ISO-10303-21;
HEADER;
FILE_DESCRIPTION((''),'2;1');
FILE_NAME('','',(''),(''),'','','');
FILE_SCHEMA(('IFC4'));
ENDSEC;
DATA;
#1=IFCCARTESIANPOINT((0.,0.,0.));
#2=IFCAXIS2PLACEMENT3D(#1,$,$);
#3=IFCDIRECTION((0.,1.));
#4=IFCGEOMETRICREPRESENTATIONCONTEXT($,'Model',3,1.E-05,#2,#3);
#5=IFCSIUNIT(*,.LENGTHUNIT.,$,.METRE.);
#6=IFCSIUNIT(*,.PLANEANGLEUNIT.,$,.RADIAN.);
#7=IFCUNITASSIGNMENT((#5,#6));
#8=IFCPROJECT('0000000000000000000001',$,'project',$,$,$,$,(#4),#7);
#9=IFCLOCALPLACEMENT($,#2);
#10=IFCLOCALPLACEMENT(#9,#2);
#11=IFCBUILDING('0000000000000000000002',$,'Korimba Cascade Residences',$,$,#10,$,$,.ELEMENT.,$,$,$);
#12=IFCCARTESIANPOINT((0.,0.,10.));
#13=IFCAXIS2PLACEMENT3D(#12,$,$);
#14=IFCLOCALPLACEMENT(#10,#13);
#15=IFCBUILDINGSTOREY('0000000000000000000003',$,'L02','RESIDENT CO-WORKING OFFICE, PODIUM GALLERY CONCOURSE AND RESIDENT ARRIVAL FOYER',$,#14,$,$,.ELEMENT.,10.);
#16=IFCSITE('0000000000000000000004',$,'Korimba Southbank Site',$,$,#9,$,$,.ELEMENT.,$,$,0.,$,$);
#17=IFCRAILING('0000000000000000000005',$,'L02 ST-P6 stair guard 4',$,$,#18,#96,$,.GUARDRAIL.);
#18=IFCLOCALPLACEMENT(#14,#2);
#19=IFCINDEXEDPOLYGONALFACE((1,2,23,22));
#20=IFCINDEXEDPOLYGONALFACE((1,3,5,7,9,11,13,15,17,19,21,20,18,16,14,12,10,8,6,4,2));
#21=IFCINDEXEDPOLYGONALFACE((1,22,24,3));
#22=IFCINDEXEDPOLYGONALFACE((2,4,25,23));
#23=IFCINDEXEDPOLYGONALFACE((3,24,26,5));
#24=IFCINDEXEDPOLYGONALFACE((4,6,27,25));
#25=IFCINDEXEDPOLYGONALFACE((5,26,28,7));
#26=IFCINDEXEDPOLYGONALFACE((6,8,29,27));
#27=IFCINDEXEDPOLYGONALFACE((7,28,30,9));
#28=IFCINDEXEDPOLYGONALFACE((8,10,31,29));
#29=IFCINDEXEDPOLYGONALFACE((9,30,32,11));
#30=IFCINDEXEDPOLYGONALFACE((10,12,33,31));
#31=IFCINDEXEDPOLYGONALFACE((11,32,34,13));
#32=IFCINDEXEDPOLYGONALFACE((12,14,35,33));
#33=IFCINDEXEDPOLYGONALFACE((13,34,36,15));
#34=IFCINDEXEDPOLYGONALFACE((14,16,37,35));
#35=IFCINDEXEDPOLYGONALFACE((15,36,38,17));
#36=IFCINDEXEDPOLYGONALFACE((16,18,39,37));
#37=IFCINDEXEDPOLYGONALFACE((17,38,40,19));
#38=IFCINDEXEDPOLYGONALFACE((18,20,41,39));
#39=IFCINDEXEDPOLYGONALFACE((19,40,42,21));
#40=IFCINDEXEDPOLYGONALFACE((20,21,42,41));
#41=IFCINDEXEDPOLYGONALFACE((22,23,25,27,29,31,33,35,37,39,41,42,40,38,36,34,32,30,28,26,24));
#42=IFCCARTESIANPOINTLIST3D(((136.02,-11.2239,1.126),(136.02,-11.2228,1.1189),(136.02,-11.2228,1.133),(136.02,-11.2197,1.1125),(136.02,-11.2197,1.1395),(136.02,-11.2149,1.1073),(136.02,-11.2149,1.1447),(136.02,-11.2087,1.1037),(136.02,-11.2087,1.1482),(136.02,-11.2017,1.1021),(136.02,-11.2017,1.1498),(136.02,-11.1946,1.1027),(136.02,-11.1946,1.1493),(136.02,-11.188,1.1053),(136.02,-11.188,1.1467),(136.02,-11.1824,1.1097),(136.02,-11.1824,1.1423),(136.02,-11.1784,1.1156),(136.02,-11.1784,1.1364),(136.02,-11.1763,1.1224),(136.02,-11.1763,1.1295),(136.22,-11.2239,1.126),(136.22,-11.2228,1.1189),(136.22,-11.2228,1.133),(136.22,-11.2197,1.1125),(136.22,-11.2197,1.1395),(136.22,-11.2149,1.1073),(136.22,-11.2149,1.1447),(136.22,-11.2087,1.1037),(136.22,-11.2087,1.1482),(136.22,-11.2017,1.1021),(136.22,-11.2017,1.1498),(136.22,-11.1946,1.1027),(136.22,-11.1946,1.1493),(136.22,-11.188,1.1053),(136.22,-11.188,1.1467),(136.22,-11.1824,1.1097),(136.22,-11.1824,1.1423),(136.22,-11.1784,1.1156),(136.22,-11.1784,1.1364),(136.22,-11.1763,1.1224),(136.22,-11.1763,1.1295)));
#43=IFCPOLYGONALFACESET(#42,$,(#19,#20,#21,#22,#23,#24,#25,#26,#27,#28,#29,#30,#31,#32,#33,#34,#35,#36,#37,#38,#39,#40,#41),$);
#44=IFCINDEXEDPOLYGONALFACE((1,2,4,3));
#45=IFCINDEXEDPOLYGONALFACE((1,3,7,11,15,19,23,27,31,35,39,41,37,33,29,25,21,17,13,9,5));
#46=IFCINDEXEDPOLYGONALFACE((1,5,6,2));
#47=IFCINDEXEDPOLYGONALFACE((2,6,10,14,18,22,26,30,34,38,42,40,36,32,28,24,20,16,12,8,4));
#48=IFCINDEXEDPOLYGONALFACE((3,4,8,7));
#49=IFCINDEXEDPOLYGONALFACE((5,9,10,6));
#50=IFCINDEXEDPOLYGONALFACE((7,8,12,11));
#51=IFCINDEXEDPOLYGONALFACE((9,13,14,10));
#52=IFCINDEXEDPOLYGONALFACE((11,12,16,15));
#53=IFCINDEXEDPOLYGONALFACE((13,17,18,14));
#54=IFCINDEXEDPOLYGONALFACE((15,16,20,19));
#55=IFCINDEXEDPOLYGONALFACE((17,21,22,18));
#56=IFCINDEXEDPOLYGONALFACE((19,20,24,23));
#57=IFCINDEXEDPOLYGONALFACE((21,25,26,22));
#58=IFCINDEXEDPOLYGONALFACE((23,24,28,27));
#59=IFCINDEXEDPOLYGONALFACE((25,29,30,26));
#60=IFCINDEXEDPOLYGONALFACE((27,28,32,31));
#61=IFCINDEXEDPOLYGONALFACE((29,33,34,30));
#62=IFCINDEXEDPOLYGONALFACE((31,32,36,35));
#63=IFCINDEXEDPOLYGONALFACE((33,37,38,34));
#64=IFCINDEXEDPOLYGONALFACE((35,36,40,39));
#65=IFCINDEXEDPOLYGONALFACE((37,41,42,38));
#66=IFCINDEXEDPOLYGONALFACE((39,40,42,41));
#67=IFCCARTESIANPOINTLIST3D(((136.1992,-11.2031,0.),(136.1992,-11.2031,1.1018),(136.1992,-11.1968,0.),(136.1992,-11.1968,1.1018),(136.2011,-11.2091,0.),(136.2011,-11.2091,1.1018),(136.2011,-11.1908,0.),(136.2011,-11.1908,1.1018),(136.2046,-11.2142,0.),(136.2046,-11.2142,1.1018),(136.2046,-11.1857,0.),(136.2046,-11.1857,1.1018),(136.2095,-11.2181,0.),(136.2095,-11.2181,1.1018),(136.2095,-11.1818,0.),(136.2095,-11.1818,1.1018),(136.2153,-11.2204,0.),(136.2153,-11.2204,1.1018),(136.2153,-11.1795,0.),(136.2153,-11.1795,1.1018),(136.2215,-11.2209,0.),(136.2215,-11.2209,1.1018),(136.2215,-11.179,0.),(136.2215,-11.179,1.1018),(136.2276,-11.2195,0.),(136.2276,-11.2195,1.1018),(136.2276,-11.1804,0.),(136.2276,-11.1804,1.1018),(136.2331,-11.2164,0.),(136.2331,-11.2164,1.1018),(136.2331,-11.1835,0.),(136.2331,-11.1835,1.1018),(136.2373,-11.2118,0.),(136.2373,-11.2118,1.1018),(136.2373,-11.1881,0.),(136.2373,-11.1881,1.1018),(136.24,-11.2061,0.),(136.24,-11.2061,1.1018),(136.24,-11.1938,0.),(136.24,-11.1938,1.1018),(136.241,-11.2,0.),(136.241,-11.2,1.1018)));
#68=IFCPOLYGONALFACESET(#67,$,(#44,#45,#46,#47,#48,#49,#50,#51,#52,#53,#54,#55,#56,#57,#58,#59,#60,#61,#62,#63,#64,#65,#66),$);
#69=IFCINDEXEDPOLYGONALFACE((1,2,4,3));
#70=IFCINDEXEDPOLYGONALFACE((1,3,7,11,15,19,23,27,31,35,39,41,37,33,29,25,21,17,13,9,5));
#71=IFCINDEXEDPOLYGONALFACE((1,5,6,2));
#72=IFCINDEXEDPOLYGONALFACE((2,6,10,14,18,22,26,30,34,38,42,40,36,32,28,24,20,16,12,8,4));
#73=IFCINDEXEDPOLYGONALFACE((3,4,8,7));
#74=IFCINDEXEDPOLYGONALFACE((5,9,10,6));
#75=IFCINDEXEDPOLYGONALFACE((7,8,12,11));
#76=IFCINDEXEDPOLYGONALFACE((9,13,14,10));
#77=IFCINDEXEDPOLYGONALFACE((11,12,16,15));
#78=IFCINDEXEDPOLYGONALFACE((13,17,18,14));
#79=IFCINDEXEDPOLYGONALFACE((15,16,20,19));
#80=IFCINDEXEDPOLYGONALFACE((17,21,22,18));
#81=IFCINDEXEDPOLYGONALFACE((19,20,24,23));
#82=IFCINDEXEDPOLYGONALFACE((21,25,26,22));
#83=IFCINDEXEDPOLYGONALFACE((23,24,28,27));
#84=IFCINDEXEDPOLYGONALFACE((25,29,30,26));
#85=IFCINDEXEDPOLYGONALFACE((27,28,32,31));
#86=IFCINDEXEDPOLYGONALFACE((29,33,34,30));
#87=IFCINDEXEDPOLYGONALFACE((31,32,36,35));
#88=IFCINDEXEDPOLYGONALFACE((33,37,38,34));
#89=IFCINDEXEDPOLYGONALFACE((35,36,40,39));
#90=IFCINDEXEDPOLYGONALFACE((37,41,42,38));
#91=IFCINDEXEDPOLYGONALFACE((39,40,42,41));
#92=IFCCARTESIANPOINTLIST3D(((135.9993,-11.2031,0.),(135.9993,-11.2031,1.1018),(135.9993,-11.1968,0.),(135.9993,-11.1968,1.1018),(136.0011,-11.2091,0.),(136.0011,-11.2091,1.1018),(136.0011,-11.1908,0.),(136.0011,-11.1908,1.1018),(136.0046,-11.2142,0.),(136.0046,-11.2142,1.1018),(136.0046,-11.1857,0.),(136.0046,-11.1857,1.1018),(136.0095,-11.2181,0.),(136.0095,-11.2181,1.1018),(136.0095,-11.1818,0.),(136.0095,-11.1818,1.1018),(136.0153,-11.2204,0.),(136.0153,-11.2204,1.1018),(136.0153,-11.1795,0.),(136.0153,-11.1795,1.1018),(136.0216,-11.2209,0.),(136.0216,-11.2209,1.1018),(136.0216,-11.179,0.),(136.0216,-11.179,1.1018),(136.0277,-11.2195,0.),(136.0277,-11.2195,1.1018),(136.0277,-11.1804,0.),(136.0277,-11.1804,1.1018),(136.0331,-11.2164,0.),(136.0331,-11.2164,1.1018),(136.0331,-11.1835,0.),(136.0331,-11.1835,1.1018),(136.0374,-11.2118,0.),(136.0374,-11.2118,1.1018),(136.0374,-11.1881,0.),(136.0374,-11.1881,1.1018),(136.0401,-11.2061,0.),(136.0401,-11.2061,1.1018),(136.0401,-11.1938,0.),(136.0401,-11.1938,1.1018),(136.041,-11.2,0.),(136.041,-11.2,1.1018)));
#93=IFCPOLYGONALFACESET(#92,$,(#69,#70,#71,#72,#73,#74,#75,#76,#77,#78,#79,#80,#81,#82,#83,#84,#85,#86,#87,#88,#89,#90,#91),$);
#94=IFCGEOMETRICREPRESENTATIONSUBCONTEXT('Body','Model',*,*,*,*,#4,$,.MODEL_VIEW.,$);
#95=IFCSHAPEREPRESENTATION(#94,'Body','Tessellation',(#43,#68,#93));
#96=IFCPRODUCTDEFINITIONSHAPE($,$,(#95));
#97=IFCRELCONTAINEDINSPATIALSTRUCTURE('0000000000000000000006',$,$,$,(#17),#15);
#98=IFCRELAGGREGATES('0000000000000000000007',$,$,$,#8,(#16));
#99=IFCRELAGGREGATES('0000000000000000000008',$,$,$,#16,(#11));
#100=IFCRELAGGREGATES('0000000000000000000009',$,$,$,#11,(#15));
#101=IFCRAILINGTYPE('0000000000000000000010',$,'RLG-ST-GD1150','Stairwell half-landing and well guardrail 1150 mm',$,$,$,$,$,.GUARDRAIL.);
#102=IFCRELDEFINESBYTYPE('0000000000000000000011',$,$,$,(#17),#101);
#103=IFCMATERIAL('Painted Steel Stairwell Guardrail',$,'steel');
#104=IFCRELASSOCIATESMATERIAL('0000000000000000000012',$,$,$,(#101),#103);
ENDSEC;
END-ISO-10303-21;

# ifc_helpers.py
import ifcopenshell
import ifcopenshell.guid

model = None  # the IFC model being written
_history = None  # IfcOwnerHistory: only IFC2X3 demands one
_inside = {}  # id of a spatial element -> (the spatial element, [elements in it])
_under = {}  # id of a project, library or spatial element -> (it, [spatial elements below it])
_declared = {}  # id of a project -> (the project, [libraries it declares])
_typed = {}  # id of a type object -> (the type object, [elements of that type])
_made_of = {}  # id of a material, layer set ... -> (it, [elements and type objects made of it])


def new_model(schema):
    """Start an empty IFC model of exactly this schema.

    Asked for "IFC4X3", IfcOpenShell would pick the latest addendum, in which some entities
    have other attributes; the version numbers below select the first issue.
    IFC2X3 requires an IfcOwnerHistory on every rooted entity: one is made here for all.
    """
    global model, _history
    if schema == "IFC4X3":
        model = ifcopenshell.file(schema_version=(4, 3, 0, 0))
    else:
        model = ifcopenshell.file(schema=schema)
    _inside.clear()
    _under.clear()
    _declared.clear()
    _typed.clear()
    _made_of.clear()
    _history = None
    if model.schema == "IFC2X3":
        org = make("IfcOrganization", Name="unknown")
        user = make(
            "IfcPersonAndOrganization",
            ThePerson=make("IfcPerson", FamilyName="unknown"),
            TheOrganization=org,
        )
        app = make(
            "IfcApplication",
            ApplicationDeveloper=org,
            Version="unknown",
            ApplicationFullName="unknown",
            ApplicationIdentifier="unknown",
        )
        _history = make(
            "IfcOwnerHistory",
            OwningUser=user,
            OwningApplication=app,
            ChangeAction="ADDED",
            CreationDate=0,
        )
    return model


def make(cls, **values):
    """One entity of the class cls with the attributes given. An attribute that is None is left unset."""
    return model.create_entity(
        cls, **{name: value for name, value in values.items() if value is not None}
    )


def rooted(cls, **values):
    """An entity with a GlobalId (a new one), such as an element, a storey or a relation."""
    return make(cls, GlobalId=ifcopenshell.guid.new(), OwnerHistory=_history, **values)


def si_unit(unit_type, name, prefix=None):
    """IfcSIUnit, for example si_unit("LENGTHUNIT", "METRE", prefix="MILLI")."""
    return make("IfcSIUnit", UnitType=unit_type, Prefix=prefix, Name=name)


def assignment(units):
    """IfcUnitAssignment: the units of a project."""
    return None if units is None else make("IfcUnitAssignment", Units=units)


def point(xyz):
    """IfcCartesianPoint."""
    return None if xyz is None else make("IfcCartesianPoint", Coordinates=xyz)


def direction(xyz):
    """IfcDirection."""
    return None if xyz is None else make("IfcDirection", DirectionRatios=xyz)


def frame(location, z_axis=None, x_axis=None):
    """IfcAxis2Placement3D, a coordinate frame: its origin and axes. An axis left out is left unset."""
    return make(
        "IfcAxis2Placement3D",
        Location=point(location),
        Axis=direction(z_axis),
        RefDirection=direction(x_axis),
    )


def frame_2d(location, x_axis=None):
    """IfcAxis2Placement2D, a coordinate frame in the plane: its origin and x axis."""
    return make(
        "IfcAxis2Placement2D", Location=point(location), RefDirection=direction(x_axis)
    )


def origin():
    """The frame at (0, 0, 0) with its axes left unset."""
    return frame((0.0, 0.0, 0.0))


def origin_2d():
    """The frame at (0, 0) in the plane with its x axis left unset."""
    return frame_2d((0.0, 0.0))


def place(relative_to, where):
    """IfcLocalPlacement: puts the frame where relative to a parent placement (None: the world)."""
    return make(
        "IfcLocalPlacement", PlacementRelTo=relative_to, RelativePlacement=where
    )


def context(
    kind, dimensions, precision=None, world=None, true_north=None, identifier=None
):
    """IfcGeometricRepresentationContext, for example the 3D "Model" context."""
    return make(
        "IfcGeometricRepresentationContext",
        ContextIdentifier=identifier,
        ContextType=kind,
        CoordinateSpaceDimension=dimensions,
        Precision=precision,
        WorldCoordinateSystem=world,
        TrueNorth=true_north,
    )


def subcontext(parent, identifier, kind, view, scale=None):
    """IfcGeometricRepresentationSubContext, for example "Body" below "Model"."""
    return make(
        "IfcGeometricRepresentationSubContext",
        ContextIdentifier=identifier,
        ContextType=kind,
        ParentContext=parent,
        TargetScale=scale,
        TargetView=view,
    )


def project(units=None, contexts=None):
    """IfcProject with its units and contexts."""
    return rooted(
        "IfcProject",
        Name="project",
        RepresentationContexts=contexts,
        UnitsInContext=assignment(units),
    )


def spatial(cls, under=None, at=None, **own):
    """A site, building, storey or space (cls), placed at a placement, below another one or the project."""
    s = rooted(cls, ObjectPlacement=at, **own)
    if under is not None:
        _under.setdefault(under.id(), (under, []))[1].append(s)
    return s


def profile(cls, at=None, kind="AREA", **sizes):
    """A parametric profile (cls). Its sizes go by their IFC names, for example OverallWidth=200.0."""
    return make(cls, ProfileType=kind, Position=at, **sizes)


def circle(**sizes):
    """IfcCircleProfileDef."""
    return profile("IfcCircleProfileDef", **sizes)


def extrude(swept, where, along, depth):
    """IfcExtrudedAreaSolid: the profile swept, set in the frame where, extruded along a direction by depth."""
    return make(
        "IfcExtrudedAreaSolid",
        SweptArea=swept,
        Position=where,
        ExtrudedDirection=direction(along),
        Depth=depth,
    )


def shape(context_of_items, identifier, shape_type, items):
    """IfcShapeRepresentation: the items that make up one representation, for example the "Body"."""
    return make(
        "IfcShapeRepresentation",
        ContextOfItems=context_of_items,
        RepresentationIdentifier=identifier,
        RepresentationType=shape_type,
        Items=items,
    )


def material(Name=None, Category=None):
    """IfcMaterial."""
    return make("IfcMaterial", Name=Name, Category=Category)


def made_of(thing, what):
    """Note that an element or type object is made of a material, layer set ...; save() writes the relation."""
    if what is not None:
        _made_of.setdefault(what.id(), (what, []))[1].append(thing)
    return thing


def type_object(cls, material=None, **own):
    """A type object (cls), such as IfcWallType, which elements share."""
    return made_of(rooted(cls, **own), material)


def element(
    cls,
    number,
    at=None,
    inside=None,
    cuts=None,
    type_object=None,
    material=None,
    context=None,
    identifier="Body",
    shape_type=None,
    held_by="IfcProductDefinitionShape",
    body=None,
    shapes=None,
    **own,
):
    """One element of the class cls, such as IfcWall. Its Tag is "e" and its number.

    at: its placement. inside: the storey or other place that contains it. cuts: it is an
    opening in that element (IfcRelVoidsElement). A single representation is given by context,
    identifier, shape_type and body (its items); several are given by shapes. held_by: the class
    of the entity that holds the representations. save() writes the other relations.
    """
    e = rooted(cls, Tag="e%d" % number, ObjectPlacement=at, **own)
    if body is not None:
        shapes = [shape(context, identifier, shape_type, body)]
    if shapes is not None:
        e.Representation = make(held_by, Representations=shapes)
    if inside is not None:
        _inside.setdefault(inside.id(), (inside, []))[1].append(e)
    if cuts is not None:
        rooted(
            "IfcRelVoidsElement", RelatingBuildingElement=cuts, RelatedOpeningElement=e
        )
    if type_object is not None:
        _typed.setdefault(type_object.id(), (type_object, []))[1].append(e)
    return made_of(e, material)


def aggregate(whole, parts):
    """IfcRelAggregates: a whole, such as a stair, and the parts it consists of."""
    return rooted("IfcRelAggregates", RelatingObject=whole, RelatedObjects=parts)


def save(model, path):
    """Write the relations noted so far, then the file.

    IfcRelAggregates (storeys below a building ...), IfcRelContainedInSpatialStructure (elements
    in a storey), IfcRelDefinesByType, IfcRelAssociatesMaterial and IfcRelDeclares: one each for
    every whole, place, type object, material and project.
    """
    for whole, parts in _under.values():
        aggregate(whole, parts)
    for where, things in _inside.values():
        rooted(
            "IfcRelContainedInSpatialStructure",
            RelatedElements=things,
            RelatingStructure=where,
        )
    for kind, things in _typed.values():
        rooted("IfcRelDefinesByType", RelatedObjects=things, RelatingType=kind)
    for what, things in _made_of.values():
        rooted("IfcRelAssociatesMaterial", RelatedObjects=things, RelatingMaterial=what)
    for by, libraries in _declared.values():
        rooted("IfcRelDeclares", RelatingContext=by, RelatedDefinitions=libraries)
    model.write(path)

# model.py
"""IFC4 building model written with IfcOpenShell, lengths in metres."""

from ifc_helpers import new_model, si_unit, direction, frame, origin, origin_2d, place, context, subcontext, project, spatial, circle, extrude, material, type_object, element, save


model = new_model("IFC4")

# Units and contexts
model_context = context("Model", 3, precision=1e-05, world=origin(), true_north=direction((0.0, 1.0)))
body_context = subcontext(model_context, "Body", "Model", "MODEL_VIEW")
ifc_project = project(units=[si_unit("LENGTHUNIT", "METRE"), si_unit("PLANEANGLEUNIT", "RADIAN")], contexts=[model_context])

# Site, building, storey
site_placement = place(None, origin())
site = spatial("IfcSite", under=ifc_project, at=site_placement, Name="Korimba Southbank Site", CompositionType="ELEMENT", RefElevation=0.0)
building_placement = place(site_placement, origin())
building = spatial("IfcBuilding", under=site, at=building_placement, Name="Korimba Cascade Residences", CompositionType="ELEMENT")
storey_placement = place(building_placement, frame((0.0, 0.0, 10.0)))
storey = spatial("IfcBuildingStorey", under=building, at=storey_placement, Name="L02", Description="RESIDENT CO-WORKING OFFICE, PODIUM GALLERY CONCOURSE AND RESIDENT ARRIVAL FOYER", CompositionType="ELEMENT", Elevation=10.0)

# Railing
ifc_material_1 = material(Name="Painted Steel Stairwell Guardrail", Category="steel")
railing_type_1 = type_object("IfcRailingType", Name="RLG-ST-GD1150", Description="Stairwell half-landing and well guardrail 1150 mm", PredefinedType="GUARDRAIL", material=ifc_material_1)
railing_1_placement = place(storey_placement, frame((136.22, -11.2, 0.0)))
element("IfcRailing", 1, at=railing_1_placement, inside=storey, type_object=railing_type_1, Name="L02 ST-P6 stair guard 4", PredefinedType="GUARDRAIL", context=body_context, shape_type="SweptSolid", body=[
    extrude(circle(Radius=0.0239, at=origin_2d()), frame((0.0, 0.0, 1.126), z_axis=(-1.0, 0.0, 0.0), x_axis=(0.0, -1.0, 0.0)), (0.0, 0.0, 1.0), 0.2),
    extrude(circle(Radius=0.021, at=origin_2d()), origin(), (0.0, 0.0, 1.0), 1.1018),
    extrude(circle(Radius=0.021, at=origin_2d()), frame((-0.2, 0.0, 0.0)), (0.0, 0.0, 1.0), 1.1018),
])

save(model, "model.ifc")
